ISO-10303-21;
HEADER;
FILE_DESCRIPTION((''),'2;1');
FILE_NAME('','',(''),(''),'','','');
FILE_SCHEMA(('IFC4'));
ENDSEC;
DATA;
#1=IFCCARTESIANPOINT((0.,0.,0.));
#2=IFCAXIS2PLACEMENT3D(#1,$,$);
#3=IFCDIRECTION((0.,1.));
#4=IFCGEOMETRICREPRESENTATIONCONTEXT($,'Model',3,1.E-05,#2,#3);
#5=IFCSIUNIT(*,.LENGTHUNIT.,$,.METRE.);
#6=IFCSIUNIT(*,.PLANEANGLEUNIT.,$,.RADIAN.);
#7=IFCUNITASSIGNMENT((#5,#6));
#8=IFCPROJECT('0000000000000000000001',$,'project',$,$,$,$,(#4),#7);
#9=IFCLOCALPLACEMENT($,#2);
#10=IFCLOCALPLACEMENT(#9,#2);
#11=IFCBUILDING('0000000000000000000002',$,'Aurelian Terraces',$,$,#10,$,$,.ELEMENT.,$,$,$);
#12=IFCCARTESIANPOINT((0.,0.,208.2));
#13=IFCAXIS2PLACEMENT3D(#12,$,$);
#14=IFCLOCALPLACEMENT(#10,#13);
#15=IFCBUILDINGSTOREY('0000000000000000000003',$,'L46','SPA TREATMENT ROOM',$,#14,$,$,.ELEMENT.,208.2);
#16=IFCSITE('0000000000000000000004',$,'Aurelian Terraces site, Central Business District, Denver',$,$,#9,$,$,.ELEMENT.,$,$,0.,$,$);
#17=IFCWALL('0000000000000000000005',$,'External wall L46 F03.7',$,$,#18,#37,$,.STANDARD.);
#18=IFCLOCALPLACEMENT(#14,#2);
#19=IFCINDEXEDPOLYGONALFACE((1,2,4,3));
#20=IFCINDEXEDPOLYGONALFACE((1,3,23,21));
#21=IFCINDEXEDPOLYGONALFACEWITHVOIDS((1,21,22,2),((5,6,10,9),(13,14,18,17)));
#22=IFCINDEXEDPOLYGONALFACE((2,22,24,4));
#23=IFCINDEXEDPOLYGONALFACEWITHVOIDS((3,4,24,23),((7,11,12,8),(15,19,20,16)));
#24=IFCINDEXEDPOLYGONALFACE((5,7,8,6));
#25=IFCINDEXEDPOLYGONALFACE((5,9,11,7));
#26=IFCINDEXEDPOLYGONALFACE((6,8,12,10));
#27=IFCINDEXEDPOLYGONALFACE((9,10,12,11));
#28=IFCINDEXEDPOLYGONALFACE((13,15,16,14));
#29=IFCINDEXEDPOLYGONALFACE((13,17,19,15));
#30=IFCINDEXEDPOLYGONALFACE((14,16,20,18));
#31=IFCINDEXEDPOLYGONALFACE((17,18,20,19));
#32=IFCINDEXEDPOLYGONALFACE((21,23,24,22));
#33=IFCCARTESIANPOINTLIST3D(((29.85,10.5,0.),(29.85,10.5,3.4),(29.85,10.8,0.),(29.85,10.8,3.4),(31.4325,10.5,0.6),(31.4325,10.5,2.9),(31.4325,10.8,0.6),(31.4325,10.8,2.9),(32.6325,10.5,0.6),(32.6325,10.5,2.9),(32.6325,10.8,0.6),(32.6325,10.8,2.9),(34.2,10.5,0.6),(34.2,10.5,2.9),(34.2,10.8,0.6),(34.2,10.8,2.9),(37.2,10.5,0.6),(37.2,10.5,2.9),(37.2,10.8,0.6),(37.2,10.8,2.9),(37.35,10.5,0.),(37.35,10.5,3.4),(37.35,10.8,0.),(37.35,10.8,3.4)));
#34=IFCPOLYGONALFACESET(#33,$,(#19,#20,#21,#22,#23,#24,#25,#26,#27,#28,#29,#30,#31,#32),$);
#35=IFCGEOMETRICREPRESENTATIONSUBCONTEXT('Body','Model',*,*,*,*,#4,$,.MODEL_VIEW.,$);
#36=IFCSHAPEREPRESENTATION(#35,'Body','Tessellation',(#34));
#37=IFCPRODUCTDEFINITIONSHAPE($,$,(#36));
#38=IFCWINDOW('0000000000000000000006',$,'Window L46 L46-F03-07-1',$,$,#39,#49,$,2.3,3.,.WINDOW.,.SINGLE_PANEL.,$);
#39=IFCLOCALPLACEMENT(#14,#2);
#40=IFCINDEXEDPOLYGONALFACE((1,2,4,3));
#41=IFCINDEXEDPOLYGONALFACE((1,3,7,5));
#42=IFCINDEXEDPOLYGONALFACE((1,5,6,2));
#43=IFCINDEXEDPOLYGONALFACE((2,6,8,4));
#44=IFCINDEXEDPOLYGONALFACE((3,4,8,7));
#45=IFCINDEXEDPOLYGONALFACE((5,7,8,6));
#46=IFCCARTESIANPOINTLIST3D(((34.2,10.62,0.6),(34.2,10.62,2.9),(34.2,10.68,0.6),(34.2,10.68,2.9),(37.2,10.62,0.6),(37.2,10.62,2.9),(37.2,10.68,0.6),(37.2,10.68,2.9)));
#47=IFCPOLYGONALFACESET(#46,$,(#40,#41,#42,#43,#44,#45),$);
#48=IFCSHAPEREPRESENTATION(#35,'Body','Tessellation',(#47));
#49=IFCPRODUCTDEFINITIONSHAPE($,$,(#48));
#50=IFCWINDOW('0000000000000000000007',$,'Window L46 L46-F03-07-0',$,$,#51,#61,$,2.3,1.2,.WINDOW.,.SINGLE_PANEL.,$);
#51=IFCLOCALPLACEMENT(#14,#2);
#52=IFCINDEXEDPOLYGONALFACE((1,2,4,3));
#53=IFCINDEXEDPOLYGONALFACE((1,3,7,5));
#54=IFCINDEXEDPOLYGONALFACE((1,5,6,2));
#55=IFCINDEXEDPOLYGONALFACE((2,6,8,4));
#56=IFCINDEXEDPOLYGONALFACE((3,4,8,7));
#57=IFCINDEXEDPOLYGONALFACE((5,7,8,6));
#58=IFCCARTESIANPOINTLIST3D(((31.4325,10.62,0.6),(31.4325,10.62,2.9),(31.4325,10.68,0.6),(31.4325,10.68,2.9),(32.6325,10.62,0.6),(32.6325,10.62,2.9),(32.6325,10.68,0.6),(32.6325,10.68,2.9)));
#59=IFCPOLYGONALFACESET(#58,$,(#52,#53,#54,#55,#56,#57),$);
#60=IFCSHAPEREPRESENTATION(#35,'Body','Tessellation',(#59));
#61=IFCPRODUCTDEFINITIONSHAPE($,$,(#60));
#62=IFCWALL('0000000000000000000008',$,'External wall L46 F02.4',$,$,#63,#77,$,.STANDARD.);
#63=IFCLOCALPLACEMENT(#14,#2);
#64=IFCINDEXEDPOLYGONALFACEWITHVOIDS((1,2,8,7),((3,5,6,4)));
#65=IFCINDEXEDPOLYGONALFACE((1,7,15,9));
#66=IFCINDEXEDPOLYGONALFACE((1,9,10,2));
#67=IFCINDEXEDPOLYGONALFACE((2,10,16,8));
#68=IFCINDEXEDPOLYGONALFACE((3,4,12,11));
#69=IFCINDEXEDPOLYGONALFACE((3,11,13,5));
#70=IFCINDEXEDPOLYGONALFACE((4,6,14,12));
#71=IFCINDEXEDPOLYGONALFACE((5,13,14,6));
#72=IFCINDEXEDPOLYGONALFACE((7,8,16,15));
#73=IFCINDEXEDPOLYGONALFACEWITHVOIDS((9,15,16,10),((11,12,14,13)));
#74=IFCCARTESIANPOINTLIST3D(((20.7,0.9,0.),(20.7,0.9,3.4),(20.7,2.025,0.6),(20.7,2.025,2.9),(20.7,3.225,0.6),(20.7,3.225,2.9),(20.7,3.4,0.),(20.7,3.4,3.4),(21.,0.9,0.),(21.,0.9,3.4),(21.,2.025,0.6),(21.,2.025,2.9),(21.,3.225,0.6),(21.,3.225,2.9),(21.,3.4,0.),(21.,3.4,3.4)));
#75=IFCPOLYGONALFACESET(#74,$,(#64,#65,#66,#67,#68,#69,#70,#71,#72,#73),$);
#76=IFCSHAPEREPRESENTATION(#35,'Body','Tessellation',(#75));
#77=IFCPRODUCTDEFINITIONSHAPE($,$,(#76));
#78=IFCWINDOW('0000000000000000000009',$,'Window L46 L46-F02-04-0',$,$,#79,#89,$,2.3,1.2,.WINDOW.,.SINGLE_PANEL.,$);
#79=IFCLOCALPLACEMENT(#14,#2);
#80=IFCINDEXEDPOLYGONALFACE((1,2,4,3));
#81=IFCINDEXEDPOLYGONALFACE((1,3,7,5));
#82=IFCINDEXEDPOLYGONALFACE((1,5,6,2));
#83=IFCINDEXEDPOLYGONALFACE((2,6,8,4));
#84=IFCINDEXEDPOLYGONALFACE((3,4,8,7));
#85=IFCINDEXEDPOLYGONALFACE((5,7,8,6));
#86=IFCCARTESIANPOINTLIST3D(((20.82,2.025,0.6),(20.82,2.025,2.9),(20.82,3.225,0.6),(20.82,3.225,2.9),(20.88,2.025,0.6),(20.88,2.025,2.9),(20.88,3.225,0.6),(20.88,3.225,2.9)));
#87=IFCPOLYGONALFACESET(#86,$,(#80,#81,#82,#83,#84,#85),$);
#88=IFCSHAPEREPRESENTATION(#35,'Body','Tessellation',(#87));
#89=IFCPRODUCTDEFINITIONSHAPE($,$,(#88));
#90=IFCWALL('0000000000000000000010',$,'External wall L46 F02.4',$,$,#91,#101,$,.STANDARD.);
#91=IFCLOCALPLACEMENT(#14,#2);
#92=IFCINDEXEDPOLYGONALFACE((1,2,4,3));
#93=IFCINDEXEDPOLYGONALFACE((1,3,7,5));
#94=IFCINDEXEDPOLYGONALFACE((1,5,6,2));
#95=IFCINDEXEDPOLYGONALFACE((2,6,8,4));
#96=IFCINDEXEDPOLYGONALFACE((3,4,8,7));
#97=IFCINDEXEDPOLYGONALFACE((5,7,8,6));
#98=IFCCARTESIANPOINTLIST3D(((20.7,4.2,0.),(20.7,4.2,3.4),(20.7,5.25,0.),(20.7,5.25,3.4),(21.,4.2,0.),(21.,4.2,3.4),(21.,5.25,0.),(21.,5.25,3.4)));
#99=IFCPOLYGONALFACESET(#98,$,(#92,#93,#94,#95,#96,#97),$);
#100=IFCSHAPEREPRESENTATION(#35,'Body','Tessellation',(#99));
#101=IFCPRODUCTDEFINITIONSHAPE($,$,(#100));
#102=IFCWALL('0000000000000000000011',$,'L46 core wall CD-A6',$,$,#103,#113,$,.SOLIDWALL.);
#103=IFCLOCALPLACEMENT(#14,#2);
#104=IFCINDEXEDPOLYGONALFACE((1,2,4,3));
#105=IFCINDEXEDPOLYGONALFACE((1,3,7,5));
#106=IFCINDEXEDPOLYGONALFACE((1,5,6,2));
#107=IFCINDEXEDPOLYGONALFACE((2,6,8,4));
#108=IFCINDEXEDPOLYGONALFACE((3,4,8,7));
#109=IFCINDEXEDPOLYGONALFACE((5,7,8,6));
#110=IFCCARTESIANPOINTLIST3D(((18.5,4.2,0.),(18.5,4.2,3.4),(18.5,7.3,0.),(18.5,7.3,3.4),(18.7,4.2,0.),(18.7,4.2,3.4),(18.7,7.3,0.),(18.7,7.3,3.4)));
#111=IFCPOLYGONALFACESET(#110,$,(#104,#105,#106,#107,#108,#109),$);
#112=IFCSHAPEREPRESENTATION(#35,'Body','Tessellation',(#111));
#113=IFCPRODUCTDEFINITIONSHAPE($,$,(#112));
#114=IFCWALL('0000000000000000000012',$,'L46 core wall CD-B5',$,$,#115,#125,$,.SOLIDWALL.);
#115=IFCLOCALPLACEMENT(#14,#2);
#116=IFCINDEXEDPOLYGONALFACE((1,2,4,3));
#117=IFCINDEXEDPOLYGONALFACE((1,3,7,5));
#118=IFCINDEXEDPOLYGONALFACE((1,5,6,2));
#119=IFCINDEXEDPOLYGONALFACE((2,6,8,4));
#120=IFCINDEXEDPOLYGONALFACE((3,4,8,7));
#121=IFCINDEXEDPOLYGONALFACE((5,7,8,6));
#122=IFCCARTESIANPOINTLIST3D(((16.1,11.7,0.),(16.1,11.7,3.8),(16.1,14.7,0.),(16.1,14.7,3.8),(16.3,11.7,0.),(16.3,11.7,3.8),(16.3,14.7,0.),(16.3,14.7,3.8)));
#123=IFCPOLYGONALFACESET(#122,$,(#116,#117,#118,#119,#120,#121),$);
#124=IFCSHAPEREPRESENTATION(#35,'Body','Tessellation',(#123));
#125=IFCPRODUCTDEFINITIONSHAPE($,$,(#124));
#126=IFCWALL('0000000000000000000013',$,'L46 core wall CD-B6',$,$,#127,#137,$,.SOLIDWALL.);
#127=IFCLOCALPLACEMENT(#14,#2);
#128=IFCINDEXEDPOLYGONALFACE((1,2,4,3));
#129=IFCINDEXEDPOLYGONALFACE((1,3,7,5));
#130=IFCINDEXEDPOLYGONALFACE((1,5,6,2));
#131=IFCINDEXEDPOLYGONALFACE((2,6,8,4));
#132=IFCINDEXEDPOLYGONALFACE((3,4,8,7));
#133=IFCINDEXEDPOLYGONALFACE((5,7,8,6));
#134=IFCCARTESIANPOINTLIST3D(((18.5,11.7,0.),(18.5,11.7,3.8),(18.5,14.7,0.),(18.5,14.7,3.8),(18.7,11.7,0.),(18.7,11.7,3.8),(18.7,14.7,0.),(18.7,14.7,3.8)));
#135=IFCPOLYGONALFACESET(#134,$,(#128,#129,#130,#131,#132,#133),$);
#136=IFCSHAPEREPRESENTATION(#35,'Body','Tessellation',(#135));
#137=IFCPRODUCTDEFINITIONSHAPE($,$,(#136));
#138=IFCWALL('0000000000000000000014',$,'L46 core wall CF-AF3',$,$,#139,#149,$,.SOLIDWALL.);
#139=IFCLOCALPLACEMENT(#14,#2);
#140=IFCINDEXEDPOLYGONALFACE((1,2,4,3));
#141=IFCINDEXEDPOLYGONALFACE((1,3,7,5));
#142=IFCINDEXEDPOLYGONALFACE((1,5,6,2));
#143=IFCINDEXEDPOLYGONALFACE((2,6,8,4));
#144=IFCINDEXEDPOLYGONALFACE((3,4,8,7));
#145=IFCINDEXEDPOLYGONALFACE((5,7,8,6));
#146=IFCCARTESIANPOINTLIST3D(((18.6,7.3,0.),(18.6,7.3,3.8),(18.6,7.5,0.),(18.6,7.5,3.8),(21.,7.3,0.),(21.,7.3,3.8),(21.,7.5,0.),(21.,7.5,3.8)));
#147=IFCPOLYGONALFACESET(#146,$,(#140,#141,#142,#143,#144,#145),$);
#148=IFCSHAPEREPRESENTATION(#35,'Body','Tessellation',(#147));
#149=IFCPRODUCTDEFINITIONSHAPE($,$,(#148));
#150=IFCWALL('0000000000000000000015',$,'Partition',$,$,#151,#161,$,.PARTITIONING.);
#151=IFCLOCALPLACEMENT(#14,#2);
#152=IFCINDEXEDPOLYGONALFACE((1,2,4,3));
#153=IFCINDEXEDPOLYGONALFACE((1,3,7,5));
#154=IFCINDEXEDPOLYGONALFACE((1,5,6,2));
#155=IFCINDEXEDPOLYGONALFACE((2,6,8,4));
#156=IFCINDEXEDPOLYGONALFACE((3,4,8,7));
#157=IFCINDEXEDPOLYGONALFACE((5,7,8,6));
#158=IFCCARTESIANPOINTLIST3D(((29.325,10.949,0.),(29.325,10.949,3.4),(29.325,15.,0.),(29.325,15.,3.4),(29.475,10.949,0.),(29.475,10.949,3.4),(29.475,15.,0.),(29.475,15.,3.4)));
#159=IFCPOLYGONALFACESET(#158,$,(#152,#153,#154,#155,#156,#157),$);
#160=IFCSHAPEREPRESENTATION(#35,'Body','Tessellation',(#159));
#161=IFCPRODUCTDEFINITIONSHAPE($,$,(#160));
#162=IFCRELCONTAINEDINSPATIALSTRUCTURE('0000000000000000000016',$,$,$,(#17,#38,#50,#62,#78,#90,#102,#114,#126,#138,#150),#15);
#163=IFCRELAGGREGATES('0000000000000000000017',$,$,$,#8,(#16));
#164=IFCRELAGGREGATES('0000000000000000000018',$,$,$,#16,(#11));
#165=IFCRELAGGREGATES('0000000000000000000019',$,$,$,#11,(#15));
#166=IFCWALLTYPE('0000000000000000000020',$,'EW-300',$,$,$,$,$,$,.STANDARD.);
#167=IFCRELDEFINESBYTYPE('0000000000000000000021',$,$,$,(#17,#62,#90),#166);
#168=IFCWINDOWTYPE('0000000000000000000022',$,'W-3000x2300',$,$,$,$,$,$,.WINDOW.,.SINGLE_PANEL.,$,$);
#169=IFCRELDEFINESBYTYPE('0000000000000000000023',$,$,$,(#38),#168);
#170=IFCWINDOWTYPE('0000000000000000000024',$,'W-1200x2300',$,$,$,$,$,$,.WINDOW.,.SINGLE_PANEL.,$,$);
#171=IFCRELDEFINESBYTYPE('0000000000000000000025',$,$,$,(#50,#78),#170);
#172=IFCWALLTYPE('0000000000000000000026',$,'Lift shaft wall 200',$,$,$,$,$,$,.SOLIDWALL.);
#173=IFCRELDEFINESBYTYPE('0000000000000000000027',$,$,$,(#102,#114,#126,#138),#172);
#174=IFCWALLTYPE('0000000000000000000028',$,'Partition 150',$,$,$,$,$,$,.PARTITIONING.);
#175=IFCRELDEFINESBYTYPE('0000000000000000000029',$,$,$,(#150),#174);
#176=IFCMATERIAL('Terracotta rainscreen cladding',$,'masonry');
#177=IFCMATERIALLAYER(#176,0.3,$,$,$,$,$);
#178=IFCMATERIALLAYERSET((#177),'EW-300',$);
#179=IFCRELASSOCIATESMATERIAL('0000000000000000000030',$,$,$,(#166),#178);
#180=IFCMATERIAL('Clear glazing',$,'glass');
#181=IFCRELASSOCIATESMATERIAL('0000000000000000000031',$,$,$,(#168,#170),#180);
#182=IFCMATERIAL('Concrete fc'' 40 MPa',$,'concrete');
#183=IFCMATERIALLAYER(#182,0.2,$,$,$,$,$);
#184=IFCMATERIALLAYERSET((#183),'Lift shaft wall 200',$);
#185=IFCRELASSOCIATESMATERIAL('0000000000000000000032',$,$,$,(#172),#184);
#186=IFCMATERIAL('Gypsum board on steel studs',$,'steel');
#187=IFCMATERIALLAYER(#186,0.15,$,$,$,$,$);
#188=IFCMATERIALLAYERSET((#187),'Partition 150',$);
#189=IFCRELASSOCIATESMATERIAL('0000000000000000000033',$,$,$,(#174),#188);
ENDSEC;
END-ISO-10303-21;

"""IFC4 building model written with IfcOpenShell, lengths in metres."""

from ifc_helpers import new_model, si_unit, direction, frame, frame_2d, origin, place, context, subcontext, project, spatial, rectangle, extrude, source, transform, mapped, material, layer, layer_set, type_object, element, fill, save


model = new_model("IFC4")

# Units and contexts
model_context = context("Model", 3, precision=1e-05, world=origin(), true_north=direction((0.0, 1.0)))
body_context = subcontext(model_context, "Body", "Model", "MODEL_VIEW")
ifc_project = project(units=[si_unit("LENGTHUNIT", "METRE"), si_unit("PLANEANGLEUNIT", "RADIAN")], contexts=[model_context])

# Site, building, storey
site_placement = place(None, origin())
site = spatial("IfcSite", under=ifc_project, at=site_placement, Name="Aurelian Terraces site, Central Business District, Denver", CompositionType="ELEMENT", RefElevation=0.0)
building_placement = place(site_placement, origin())
building = spatial("IfcBuilding", under=site, at=building_placement, Name="Aurelian Terraces", CompositionType="ELEMENT")
storey_placement = place(building_placement, frame((0.0, 0.0, 208.2)))
storey = spatial("IfcBuildingStorey", under=building, at=storey_placement, Name="L46", Description="SPA TREATMENT ROOM", CompositionType="ELEMENT", Elevation=208.2)

# Shared definitions
ifc_material_1 = material(Name="Concrete fc' 40 MPa", Category="concrete")

# Wall, openings, windows
ifc_material_2 = material(Name="Terracotta rainscreen cladding", Category="masonry")
ifc_layer_1 = layer(ifc_material_2, 0.3)
ifc_layer_set_1 = layer_set([ifc_layer_1], Name="EW-300")
wall_type_1 = type_object("IfcWallType", Name="EW-300", PredefinedType="STANDARD", material=ifc_layer_set_1)
shared_shape_1 = source(origin(), body_context, "Body", "SweptSolid", [
    extrude(rectangle(XDim=3.0, YDim=2.3, at=frame_2d((1.5, 1.15))), frame((0.0, 0.16, 0.0), z_axis=(0.0, -1.0, 0.0), x_axis=(1.0, 0.0, 0.0)), (0.0, 0.0, 1.0), 0.32),
])
ifc_material_3 = material(Name="Clear glazing", Category="glass")
window_type_1 = type_object("IfcWindowType", Name="W-3000x2300", PartitioningType="SINGLE_PANEL", PredefinedType="WINDOW", material=ifc_material_3)
shared_shape_2 = source(origin(), body_context, "Body", "SweptSolid", [
    extrude(rectangle(XDim=3.0, YDim=2.3, at=frame_2d((1.5, 1.15))), frame((0.0, 0.03, 0.0), z_axis=(0.0, -1.0, 0.0), x_axis=(1.0, 0.0, 0.0)), (0.0, 0.0, 1.0), 0.06),
])
shared_shape_3 = source(origin(), body_context, "Body", "SweptSolid", [
    extrude(rectangle(XDim=7.5, YDim=0.3, at=frame_2d((3.75, 0.0))), origin(), (0.0, 0.0, 1.0), 3.4),
])
wall_1_placement = place(storey_placement, frame((29.85, 10.65, 0.0), z_axis=(0.0, 0.0, 1.0), x_axis=(1.0, 0.0, 0.0)))
wall_1 = element("IfcWall", 1, at=wall_1_placement, inside=storey, type_object=wall_type_1, Name="External wall L46 F03.7", PredefinedType="STANDARD", context=body_context, shape_type="MappedRepresentation", body=[
    mapped(shared_shape_3, transform((0.0, 0.0, 0.0), scale=1.0)),
])
shared_shape_4 = source(origin(), body_context, "Body", "SweptSolid", [
    extrude(rectangle(XDim=1.2, YDim=2.3, at=frame_2d((0.6, 1.15))), frame((0.0, 0.16, 0.0), z_axis=(0.0, -1.0, 0.0), x_axis=(1.0, 0.0, 0.0)), (0.0, 0.0, 1.0), 0.32),
])
opening_1_placement = place(wall_1_placement, frame((1.5825, 0.0, 0.6)))
opening_1 = element("IfcOpeningElement", 2, at=opening_1_placement, cuts=wall_1, PredefinedType="OPENING", context=body_context, shape_type="MappedRepresentation", body=[
    mapped(shared_shape_4, transform((0.0, 0.0, 0.0), scale=1.0)),
])
opening_2_placement = place(wall_1_placement, frame((4.35, 0.0, 0.6)))
opening_2 = element("IfcOpeningElement", 3, at=opening_2_placement, cuts=wall_1, PredefinedType="OPENING", context=body_context, shape_type="MappedRepresentation", body=[
    mapped(shared_shape_1, transform((0.0, 0.0, 0.0), scale=1.0)),
])
window_1_placement = place(opening_2_placement, origin())
window_1 = element("IfcWindow", 4, at=window_1_placement, inside=storey, type_object=window_type_1, Name="Window L46 L46-F03-07-1", OverallHeight=2.3, OverallWidth=3.0, PartitioningType="SINGLE_PANEL", PredefinedType="WINDOW", context=body_context, shape_type="MappedRepresentation", body=[
    mapped(shared_shape_2, transform((0.0, 0.0, 0.0), scale=1.0)),
])
fill(opening_2, window_1)
window_type_2 = type_object("IfcWindowType", Name="W-1200x2300", PartitioningType="SINGLE_PANEL", PredefinedType="WINDOW", material=ifc_material_3)
shared_shape_5 = source(origin(), body_context, "Body", "SweptSolid", [
    extrude(rectangle(XDim=1.2, YDim=2.3, at=frame_2d((0.6, 1.15))), frame((0.0, 0.03, 0.0), z_axis=(0.0, -1.0, 0.0), x_axis=(1.0, 0.0, 0.0)), (0.0, 0.0, 1.0), 0.06),
])
window_2_placement = place(opening_1_placement, origin())
window_2 = element("IfcWindow", 5, at=window_2_placement, inside=storey, type_object=window_type_2, Name="Window L46 L46-F03-07-0", OverallHeight=2.3, OverallWidth=1.2, PartitioningType="SINGLE_PANEL", PredefinedType="WINDOW", context=body_context, shape_type="MappedRepresentation", body=[
    mapped(shared_shape_5, transform((0.0, 0.0, 0.0), scale=1.0)),
])
fill(opening_1, window_2)

# Wall, opening, window
shared_shape_6 = source(origin(), body_context, "Body", "SweptSolid", [
    extrude(rectangle(XDim=2.5, YDim=0.3, at=frame_2d((1.25, 0.0))), origin(), (0.0, 0.0, 1.0), 3.4),
])
wall_2_placement = place(storey_placement, frame((20.85, 0.9, 0.0), z_axis=(0.0, 0.0, 1.0), x_axis=(0.0, 1.0, 0.0)))
wall_2 = element("IfcWall", 6, at=wall_2_placement, inside=storey, type_object=wall_type_1, Name="External wall L46 F02.4", PredefinedType="STANDARD", context=body_context, shape_type="MappedRepresentation", body=[
    mapped(shared_shape_6, transform((0.0, 0.0, 0.0), scale=1.0)),
])
opening_3_placement = place(wall_2_placement, frame((1.125, 0.0, 0.6)))
opening_3 = element("IfcOpeningElement", 7, at=opening_3_placement, cuts=wall_2, PredefinedType="OPENING", context=body_context, shape_type="MappedRepresentation", body=[
    mapped(shared_shape_4, transform((0.0, 0.0, 0.0), scale=1.0)),
])
window_3_placement = place(opening_3_placement, origin())
window_3 = element("IfcWindow", 8, at=window_3_placement, inside=storey, type_object=window_type_2, Name="Window L46 L46-F02-04-0", OverallHeight=2.3, OverallWidth=1.2, PartitioningType="SINGLE_PANEL", PredefinedType="WINDOW", context=body_context, shape_type="MappedRepresentation", body=[
    mapped(shared_shape_5, transform((0.0, 0.0, 0.0), scale=1.0)),
])
fill(opening_3, window_3)

# Walls
shared_shape_7 = source(origin(), body_context, "Body", "SweptSolid", [
    extrude(rectangle(XDim=1.05, YDim=0.3, at=frame_2d((0.525, 0.0))), origin(), (0.0, 0.0, 1.0), 3.4),
])
wall_3_placement = place(storey_placement, frame((20.85, 4.2, 0.0), z_axis=(0.0, 0.0, 1.0), x_axis=(0.0, 1.0, 0.0)))
element("IfcWall", 9, at=wall_3_placement, inside=storey, type_object=wall_type_1, Name="External wall L46 F02.4", PredefinedType="STANDARD", context=body_context, shape_type="MappedRepresentation", body=[
    mapped(shared_shape_7, transform((0.0, 0.0, 0.0), scale=1.0)),
])
ifc_layer_2 = layer(ifc_material_1, 0.2)
ifc_layer_set_2 = layer_set([ifc_layer_2], Name="Lift shaft wall 200")
wall_type_2 = type_object("IfcWallType", Name="Lift shaft wall 200", PredefinedType="SOLIDWALL", material=ifc_layer_set_2)
shared_shape_8 = source(origin(), body_context, "Body", "SweptSolid", [
    extrude(rectangle(XDim=3.1, YDim=0.2, at=frame_2d((1.55, 0.0))), origin(), (0.0, 0.0, 1.0), 3.4),
])
wall_4_placement = place(storey_placement, frame((18.6, 4.2, 0.0), z_axis=(0.0, 0.0, 1.0), x_axis=(0.0, 1.0, 0.0)))
element("IfcWall", 10, at=wall_4_placement, inside=storey, type_object=wall_type_2, Name="L46 core wall CD-A6", PredefinedType="SOLIDWALL", context=body_context, shape_type="MappedRepresentation", body=[
    mapped(shared_shape_8, transform((0.0, 0.0, 0.0), scale=1.0)),
])
shared_shape_9 = source(origin(), body_context, "Body", "SweptSolid", [
    extrude(rectangle(XDim=3.0, YDim=0.2, at=frame_2d((1.5, 0.0))), origin(), (0.0, 0.0, 1.0), 3.8),
])
for number, where, z_axis, x_axis, name in (
    (11, (16.2, 11.7, 0.0), (0.0, 0.0, 1.0), (0.0, 1.0, 0.0), "L46 core wall CD-B5"),
    (12, (18.6, 11.7, 0.0), (0.0, 0.0, 1.0), (0.0, 1.0, 0.0), "L46 core wall CD-B6"),
):
    element("IfcWall", number, at=place(storey_placement, frame(where, z_axis=z_axis, x_axis=x_axis)), inside=storey, type_object=wall_type_2, Name=name, PredefinedType="SOLIDWALL", context=body_context, shape_type="MappedRepresentation", body=[
        mapped(shared_shape_9, transform((0.0, 0.0, 0.0), scale=1.0)),
    ])
shared_shape_10 = source(origin(), body_context, "Body", "SweptSolid", [
    extrude(rectangle(XDim=2.4, YDim=0.2, at=frame_2d((1.2, 0.0))), origin(), (0.0, 0.0, 1.0), 3.8),
])
wall_5_placement = place(storey_placement, frame((18.6, 7.4, 0.0), z_axis=(0.0, 0.0, 1.0), x_axis=(1.0, 0.0, 0.0)))
element("IfcWall", 13, at=wall_5_placement, inside=storey, type_object=wall_type_2, Name="L46 core wall CF-AF3", PredefinedType="SOLIDWALL", context=body_context, shape_type="MappedRepresentation", body=[
    mapped(shared_shape_10, transform((0.0, 0.0, 0.0), scale=1.0)),
])
ifc_material_4 = material(Name="Gypsum board on steel studs", Category="steel")
ifc_layer_3 = layer(ifc_material_4, 0.15)
ifc_layer_set_3 = layer_set([ifc_layer_3], Name="Partition 150")
wall_type_3 = type_object("IfcWallType", Name="Partition 150", PredefinedType="PARTITIONING", material=ifc_layer_set_3)
shared_shape_11 = source(origin(), body_context, "Body", "SweptSolid", [
    extrude(rectangle(XDim=4.051, YDim=0.15, at=frame_2d((2.0255, 0.0))), origin(), (0.0, 0.0, 1.0), 3.4),
])
wall_6_placement = place(storey_placement, frame((29.4, 10.949, 0.0), z_axis=(0.0, 0.0, 1.0), x_axis=(0.0, 1.0, 0.0)))
element("IfcWall", 14, at=wall_6_placement, inside=storey, type_object=wall_type_3, Name="Partition", PredefinedType="PARTITIONING", context=body_context, shape_type="MappedRepresentation", body=[
    mapped(shared_shape_11, transform((0.0, 0.0, 0.0), scale=1.0)),
])

save(model, "model.ifc")
